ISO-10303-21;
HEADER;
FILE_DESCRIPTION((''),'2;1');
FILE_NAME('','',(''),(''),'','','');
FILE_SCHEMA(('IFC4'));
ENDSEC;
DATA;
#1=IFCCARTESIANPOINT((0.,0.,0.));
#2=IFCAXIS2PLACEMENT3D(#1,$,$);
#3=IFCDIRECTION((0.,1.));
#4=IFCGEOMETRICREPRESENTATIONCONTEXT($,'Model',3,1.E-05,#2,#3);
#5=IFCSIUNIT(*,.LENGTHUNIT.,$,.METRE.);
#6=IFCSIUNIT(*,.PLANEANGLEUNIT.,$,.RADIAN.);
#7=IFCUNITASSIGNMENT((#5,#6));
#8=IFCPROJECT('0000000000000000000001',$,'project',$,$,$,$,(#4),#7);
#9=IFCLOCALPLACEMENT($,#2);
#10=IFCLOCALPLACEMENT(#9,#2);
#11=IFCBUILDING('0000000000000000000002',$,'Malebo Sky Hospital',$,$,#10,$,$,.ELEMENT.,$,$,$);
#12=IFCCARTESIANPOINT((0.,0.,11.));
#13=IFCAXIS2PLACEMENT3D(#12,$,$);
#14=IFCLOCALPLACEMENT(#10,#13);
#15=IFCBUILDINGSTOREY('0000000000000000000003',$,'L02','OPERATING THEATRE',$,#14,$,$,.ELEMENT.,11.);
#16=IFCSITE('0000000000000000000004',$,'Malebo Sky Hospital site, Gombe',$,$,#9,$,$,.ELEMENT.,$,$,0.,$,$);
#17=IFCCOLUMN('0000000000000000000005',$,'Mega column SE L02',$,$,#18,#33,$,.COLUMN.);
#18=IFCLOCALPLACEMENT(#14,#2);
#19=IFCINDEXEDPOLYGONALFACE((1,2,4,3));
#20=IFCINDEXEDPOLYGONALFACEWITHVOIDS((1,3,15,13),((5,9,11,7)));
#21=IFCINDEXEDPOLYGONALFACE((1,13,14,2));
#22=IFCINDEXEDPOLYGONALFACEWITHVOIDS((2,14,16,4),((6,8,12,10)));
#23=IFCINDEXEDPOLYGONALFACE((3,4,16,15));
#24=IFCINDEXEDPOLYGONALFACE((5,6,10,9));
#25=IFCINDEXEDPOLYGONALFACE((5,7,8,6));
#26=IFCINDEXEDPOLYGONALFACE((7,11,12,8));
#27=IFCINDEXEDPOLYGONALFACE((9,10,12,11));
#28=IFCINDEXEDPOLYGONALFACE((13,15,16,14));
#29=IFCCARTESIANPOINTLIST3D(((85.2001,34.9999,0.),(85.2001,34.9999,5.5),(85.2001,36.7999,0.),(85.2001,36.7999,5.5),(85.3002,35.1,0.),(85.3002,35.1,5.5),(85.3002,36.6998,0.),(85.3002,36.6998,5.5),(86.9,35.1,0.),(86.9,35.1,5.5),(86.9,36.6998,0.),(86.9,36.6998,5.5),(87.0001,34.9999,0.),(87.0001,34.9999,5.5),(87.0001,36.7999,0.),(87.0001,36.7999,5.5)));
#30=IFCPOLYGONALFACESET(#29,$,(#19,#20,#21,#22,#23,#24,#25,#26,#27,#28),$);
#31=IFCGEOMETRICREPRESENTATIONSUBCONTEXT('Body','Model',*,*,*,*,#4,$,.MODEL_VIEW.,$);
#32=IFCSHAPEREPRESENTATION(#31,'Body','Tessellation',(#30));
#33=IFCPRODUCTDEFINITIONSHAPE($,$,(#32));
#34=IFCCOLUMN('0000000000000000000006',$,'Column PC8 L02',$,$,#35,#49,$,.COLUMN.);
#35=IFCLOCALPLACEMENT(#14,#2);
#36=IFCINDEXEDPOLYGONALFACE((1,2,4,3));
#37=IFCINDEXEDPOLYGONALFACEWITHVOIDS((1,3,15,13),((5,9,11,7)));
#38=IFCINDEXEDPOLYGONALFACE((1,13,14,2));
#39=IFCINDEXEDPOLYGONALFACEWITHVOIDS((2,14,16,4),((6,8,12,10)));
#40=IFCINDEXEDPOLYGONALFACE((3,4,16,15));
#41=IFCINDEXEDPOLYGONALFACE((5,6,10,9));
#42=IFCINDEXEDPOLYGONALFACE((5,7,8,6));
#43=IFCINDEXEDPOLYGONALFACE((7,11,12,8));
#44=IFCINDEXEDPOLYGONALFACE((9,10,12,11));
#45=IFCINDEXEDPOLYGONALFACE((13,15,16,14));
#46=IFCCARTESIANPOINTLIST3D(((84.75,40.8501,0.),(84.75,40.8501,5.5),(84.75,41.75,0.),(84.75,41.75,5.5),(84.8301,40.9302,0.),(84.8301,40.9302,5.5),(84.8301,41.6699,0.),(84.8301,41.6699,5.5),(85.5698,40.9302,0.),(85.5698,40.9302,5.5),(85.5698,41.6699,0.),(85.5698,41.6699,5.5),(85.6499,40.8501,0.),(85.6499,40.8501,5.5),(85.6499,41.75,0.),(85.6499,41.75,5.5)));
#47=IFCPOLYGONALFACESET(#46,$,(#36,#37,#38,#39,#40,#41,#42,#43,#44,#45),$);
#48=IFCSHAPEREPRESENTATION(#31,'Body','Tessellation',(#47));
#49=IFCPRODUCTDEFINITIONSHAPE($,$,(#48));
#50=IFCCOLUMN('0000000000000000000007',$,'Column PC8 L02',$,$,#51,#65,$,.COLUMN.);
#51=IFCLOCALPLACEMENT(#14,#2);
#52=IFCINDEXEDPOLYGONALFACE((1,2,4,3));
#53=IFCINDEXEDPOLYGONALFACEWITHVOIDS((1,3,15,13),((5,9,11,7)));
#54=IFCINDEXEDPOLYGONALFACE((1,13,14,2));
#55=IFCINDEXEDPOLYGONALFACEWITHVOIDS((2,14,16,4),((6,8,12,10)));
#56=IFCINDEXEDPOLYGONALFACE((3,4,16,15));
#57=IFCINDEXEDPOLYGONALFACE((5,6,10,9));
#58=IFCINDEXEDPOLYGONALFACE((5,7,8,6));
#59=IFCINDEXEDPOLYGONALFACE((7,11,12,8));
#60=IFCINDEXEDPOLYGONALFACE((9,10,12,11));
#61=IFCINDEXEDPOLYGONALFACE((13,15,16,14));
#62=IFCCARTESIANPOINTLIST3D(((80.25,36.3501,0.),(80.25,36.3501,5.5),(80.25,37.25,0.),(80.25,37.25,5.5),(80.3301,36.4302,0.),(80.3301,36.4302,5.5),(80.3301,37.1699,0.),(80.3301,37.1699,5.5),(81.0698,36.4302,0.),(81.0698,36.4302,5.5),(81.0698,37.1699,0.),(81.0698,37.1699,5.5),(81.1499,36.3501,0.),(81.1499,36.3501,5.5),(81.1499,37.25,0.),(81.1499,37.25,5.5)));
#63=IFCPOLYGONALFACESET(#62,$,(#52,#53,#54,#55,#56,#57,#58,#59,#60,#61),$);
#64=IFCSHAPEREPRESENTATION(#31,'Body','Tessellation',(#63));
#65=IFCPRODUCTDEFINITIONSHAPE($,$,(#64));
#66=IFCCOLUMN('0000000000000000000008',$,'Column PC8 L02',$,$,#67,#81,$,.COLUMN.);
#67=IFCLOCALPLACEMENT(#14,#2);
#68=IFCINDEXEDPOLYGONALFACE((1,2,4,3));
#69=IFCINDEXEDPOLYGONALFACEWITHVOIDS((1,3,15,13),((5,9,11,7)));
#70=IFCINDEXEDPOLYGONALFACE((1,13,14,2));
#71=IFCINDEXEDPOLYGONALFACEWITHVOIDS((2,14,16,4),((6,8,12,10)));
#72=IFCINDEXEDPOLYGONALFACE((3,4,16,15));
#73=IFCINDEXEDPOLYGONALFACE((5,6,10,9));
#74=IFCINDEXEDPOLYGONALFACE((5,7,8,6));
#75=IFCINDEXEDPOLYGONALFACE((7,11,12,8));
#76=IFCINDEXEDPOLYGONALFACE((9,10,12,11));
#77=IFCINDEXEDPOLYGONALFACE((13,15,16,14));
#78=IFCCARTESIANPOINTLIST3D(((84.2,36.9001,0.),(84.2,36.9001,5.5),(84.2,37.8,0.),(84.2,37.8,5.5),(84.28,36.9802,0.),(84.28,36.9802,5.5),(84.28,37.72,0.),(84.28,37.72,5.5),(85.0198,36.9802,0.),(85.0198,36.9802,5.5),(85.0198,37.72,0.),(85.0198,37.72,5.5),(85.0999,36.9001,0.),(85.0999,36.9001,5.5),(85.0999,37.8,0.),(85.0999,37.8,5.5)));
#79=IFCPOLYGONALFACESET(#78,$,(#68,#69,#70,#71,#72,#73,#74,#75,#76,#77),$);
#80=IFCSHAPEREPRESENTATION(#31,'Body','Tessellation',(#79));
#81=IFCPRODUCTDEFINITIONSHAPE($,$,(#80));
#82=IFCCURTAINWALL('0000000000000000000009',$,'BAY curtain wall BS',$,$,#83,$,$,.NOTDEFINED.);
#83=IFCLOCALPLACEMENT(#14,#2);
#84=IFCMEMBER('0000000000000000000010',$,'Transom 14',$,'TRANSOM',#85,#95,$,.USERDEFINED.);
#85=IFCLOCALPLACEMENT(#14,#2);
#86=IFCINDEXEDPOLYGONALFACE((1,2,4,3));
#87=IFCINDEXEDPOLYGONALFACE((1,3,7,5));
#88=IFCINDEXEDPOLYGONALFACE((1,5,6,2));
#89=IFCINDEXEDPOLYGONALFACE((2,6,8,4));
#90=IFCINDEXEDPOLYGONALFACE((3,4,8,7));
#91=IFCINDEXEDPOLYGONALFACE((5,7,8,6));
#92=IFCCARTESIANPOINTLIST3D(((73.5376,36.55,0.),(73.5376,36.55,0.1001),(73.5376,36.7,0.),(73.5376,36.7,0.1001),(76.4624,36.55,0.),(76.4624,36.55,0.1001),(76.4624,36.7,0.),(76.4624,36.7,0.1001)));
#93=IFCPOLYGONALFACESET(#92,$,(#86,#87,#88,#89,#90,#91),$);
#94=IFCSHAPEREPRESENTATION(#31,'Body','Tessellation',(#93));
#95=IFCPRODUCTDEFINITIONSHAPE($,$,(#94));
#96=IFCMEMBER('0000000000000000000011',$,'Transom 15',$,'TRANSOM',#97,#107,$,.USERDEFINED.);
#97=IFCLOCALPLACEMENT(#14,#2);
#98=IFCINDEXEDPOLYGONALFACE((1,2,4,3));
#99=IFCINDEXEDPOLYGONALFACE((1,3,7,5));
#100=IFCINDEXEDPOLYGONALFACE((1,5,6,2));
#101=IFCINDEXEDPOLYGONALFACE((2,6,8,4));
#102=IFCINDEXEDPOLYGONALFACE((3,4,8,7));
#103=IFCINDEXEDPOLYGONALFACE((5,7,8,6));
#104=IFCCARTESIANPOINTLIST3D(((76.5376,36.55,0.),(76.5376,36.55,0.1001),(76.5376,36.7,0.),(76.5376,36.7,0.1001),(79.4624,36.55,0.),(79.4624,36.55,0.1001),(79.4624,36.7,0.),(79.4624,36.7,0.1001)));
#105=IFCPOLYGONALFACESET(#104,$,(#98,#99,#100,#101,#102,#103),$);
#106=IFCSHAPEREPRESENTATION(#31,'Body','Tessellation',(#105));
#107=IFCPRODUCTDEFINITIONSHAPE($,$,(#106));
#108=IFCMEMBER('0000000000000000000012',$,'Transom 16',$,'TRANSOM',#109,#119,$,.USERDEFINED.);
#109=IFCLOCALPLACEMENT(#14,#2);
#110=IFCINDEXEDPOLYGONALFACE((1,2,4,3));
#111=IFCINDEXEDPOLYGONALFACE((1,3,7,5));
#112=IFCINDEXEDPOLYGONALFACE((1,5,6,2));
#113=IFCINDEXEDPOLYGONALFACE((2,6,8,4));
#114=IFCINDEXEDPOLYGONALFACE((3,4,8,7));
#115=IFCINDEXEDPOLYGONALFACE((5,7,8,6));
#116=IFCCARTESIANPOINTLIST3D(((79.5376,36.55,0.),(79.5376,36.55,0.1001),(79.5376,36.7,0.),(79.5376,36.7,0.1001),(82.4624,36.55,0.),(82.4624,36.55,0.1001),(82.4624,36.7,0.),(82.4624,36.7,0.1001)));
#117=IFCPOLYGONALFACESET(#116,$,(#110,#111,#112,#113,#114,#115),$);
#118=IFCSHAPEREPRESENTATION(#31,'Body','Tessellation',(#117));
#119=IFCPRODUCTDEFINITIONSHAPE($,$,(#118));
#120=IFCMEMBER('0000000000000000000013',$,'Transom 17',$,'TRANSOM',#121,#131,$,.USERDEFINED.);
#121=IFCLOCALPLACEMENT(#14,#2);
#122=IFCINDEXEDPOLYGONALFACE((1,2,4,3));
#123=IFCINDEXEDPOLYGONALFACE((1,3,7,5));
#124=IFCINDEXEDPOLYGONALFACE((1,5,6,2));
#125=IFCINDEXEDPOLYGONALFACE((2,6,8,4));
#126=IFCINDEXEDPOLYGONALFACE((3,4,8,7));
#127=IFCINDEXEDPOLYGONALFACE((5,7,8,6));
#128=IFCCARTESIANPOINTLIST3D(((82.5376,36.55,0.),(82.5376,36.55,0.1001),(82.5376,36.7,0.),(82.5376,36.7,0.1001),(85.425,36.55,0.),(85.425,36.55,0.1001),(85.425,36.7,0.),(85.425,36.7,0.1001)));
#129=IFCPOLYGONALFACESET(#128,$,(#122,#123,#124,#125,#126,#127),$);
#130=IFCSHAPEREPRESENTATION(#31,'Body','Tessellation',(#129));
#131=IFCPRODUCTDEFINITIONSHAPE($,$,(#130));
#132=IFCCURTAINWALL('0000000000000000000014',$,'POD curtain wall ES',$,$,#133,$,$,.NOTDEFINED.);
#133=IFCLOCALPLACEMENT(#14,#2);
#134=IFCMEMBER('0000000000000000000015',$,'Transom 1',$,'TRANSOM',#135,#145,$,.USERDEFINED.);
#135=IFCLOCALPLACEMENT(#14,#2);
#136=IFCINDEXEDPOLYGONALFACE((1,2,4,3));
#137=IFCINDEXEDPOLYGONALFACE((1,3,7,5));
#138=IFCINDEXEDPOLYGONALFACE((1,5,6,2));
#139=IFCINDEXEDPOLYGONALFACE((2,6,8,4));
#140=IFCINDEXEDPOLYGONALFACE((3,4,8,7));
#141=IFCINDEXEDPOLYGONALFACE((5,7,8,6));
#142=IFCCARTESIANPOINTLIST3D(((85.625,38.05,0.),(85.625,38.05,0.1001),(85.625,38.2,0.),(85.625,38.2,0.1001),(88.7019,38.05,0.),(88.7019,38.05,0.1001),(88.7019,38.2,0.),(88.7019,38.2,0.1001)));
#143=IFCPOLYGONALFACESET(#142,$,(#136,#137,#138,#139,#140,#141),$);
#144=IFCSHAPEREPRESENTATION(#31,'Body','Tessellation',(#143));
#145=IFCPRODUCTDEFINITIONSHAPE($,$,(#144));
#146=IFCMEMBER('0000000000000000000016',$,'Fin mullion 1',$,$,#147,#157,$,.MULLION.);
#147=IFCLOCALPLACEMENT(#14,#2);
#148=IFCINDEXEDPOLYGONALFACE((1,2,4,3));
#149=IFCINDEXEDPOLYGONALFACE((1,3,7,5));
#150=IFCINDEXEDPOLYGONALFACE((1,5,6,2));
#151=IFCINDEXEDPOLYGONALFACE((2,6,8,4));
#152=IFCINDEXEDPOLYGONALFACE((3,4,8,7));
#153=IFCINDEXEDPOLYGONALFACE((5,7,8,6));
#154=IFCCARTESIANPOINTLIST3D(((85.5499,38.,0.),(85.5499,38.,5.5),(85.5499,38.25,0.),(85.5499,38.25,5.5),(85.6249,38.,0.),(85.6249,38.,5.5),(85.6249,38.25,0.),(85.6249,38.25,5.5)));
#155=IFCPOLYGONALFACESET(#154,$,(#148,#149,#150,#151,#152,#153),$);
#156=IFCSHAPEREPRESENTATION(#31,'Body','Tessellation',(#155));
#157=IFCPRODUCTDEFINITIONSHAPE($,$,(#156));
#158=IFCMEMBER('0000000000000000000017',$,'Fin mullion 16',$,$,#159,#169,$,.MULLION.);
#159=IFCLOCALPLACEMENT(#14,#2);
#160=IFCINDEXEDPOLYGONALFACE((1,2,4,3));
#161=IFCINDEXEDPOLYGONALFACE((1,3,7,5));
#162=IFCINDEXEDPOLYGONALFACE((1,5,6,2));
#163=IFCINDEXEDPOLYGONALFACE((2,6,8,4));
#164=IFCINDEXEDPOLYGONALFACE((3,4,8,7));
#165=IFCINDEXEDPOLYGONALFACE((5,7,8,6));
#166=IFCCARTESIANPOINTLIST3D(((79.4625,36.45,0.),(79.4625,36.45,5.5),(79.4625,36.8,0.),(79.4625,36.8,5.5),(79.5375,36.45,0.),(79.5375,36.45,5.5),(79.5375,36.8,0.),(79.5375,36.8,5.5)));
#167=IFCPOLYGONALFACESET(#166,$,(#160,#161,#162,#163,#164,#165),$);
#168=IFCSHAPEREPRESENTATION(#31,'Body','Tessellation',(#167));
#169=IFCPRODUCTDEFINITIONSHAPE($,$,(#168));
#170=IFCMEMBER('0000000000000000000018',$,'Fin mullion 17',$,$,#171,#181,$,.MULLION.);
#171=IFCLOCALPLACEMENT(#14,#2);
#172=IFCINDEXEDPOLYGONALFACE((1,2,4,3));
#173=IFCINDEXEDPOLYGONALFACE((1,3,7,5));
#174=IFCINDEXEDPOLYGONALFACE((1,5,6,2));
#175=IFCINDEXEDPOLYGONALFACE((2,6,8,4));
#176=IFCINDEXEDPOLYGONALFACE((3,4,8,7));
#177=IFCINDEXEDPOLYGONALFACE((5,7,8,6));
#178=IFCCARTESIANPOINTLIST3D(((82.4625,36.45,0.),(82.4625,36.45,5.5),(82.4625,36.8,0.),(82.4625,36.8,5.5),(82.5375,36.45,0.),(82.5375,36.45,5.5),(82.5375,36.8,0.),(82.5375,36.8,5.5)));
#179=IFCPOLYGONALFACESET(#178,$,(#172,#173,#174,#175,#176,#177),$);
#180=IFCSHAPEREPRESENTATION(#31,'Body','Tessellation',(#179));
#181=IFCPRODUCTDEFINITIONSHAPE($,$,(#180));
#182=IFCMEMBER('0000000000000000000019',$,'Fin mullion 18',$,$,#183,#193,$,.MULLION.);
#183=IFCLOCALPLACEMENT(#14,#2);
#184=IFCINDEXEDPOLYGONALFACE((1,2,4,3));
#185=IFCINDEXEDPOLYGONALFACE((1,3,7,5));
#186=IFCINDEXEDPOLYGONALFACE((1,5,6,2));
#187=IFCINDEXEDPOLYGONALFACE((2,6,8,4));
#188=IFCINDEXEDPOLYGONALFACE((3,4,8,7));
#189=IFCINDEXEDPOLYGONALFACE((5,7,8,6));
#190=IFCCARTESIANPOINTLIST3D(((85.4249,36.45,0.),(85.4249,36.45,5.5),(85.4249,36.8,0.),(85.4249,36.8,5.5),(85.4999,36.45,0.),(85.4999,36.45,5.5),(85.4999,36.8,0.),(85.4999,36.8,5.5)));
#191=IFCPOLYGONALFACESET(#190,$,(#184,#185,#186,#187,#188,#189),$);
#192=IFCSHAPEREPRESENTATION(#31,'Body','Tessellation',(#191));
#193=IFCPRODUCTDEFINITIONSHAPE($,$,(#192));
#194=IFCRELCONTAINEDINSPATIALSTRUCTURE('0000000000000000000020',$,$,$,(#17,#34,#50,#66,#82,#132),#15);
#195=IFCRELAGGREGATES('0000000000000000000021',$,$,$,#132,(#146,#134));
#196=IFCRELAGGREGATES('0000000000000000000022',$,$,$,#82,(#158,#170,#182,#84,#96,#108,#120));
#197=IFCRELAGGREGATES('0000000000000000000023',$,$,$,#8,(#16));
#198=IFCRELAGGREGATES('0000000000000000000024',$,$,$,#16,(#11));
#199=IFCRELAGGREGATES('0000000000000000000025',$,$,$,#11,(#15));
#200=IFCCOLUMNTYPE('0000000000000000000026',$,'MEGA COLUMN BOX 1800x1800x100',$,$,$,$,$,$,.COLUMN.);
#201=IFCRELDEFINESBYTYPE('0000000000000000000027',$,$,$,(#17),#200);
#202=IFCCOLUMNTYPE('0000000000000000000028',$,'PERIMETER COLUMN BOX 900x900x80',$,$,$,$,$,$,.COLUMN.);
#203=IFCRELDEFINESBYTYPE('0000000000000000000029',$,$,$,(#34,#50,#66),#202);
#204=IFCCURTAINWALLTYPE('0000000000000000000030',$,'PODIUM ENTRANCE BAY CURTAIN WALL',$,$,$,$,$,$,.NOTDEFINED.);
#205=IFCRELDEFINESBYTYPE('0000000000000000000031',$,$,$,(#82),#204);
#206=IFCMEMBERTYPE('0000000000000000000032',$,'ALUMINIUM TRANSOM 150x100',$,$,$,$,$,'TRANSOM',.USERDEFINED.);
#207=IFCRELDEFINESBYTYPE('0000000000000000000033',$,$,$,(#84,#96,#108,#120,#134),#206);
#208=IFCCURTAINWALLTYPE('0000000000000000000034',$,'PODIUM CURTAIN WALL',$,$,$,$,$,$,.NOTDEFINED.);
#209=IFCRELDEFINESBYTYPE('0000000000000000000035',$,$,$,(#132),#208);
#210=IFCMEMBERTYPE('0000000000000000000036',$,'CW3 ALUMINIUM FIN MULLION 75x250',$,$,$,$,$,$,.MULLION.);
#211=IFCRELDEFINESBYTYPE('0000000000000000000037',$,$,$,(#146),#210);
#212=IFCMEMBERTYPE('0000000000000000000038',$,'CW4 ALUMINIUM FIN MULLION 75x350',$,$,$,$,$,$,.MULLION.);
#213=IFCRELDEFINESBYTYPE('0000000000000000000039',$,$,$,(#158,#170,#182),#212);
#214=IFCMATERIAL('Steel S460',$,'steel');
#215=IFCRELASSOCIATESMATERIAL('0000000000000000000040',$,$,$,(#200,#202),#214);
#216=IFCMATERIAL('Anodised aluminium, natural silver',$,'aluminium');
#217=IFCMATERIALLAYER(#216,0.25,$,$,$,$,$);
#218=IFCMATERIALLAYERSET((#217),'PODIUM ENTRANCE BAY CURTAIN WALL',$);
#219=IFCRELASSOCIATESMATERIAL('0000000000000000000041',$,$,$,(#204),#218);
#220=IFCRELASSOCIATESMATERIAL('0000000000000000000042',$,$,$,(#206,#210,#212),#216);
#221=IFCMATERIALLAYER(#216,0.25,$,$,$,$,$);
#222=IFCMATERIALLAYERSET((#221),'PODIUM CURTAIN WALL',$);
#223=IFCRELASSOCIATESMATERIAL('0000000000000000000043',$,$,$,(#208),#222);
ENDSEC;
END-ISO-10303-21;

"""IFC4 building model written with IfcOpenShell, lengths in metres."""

from ifc_helpers import new_model, si_unit, direction, frame, origin, origin_2d, place, context, subcontext, project, spatial, rectangle, hollow_rectangle, extrude, material, layer, layer_set, material_profile, profile_set, type_object, element, aggregate, save


model = new_model("IFC4")

# Units and contexts
model_context = context("Model", 3, precision=1e-05, world=origin(), true_north=direction((0.0, 1.0)))
body_context = subcontext(model_context, "Body", "Model", "MODEL_VIEW")
ifc_project = project(units=[si_unit("LENGTHUNIT", "METRE"), si_unit("PLANEANGLEUNIT", "RADIAN")], contexts=[model_context])

# Site, building, storey
site_placement = place(None, origin())
site = spatial("IfcSite", under=ifc_project, at=site_placement, Name="Malebo Sky Hospital site, Gombe", CompositionType="ELEMENT", RefElevation=0.0)
building_placement = place(site_placement, origin())
building = spatial("IfcBuilding", under=site, at=building_placement, Name="Malebo Sky Hospital", CompositionType="ELEMENT")
storey_placement = place(building_placement, frame((0.0, 0.0, 11.0)))
storey = spatial("IfcBuildingStorey", under=building, at=storey_placement, Name="L02", Description="OPERATING THEATRE", CompositionType="ELEMENT", Elevation=11.0)

# Columns
ifc_material_1 = material(Name="Steel S460", Category="steel")
ifc_material_profile_1 = material_profile(ifc_material_1, hollow_rectangle(XDim=1.8, YDim=1.8, WallThickness=0.1001, at=origin_2d()), Name="BOX 1800x1800x100")
ifc_profile_set_1 = profile_set([ifc_material_profile_1], Name="Steel S460")
column_type_1 = type_object("IfcColumnType", Name="MEGA COLUMN BOX 1800x1800x100", PredefinedType="COLUMN", material=ifc_profile_set_1)
column_placement = place(storey_placement, frame((86.1001, 35.8999, 0.0), z_axis=(0.0, 0.0, 1.0), x_axis=(1.0, 0.0, 0.0)))
element("IfcColumn", 1, at=column_placement, inside=storey, type_object=column_type_1, Name="Mega column SE L02", PredefinedType="COLUMN", context=body_context, shape_type="SweptSolid", body=[
    extrude(hollow_rectangle(XDim=1.8, YDim=1.8, WallThickness=0.1001, at=origin_2d()), origin(), (0.0, 0.0, 1.0), 5.5),
])
ifc_material_profile_2 = material_profile(ifc_material_1, hollow_rectangle(XDim=0.8999, YDim=0.8999, WallThickness=0.0801, at=origin_2d()), Name="BOX 900x900x80")
ifc_profile_set_2 = profile_set([ifc_material_profile_2], Name="Steel S460")
column_type_2 = type_object("IfcColumnType", Name="PERIMETER COLUMN BOX 900x900x80", PredefinedType="COLUMN", material=ifc_profile_set_2)
for number, where, z_axis, x_axis, name in (
    (2, (85.2, 41.3, 0.0), (0.0, 0.0, 1.0), (1.0, 0.0, 0.0), "Column PC8 L02"),
    (3, (80.7, 36.8, 0.0), (0.0, 0.0, 1.0), (1.0, 0.0, 0.0), "Column PC8 L02"),
    (4, (84.6499, 37.3501, 0.0), (0.0, 0.0, 1.0), (1.0, 0.0, 0.0), "Column PC8 L02"),
):
    element("IfcColumn", number, at=place(storey_placement, frame(where, z_axis=z_axis, x_axis=x_axis)), inside=storey, type_object=column_type_2, Name=name, PredefinedType="COLUMN", context=body_context, shape_type="SweptSolid", body=[
        extrude(hollow_rectangle(XDim=0.8999, YDim=0.8999, WallThickness=0.0801, at=origin_2d()), origin(), (0.0, 0.0, 1.0), 5.5),
    ])

# Curtain walls, members
ifc_material_2 = material(Name="Anodised aluminium, natural silver", Category="aluminium")
ifc_layer_1 = layer(ifc_material_2, 0.25)
ifc_layer_set_1 = layer_set([ifc_layer_1], Name="PODIUM ENTRANCE BAY CURTAIN WALL")
curtain_wall_type_1 = type_object("IfcCurtainWallType", Name="PODIUM ENTRANCE BAY CURTAIN WALL", PredefinedType="NOTDEFINED", material=ifc_layer_set_1)
curtain_wall_1_placement = place(storey_placement, origin())
curtain_wall_1 = element("IfcCurtainWall", 5, at=curtain_wall_1_placement, inside=storey, type_object=curtain_wall_type_1, Name="BAY curtain wall BS", PredefinedType="NOTDEFINED")
ifc_material_profile_3 = material_profile(ifc_material_2, rectangle(XDim=0.1499, YDim=0.1001, at=origin_2d()), Name="ALUMINIUM TRANSOM 150x100")
ifc_profile_set_3 = profile_set([ifc_material_profile_3], Name="Anodised aluminium, natural silver")
member_type_1 = type_object("IfcMemberType", Name="ALUMINIUM TRANSOM 150x100", ElementType="TRANSOM", PredefinedType="USERDEFINED", material=ifc_profile_set_3)
member_1_placement = place(storey_placement, frame((73.5376, 36.625, 0.05), z_axis=(1.0, 0.0, 0.0), x_axis=(0.0, 1.0, 0.0)))
member_1 = element("IfcMember", 6, at=member_1_placement, type_object=member_type_1, Name="Transom 14", ObjectType="TRANSOM", PredefinedType="USERDEFINED", context=body_context, shape_type="SweptSolid", body=[
    extrude(rectangle(XDim=0.1499, YDim=0.1001, at=origin_2d()), origin(), (0.0, 0.0, 1.0), 2.9248),
])
member_2_placement = place(storey_placement, frame((76.5376, 36.625, 0.05), z_axis=(1.0, 0.0, 0.0), x_axis=(0.0, 1.0, 0.0)))
member_2 = element("IfcMember", 7, at=member_2_placement, type_object=member_type_1, Name="Transom 15", ObjectType="TRANSOM", PredefinedType="USERDEFINED", context=body_context, shape_type="SweptSolid", body=[
    extrude(rectangle(XDim=0.1499, YDim=0.1001, at=origin_2d()), origin(), (0.0, 0.0, 1.0), 2.9248),
])
member_3_placement = place(storey_placement, frame((79.5376, 36.625, 0.05), z_axis=(1.0, 0.0, 0.0), x_axis=(0.0, 1.0, 0.0)))
member_3 = element("IfcMember", 8, at=member_3_placement, type_object=member_type_1, Name="Transom 16", ObjectType="TRANSOM", PredefinedType="USERDEFINED", context=body_context, shape_type="SweptSolid", body=[
    extrude(rectangle(XDim=0.1499, YDim=0.1001, at=origin_2d()), origin(), (0.0, 0.0, 1.0), 2.9248),
])
member_4_placement = place(storey_placement, frame((82.5376, 36.625, 0.05), z_axis=(1.0, 0.0, 0.0), x_axis=(0.0, 1.0, 0.0)))
member_4 = element("IfcMember", 9, at=member_4_placement, type_object=member_type_1, Name="Transom 17", ObjectType="TRANSOM", PredefinedType="USERDEFINED", context=body_context, shape_type="SweptSolid", body=[
    extrude(rectangle(XDim=0.1499, YDim=0.1001, at=origin_2d()), origin(), (0.0, 0.0, 1.0), 2.8875),
])
ifc_layer_2 = layer(ifc_material_2, 0.25)
ifc_layer_set_2 = layer_set([ifc_layer_2], Name="PODIUM CURTAIN WALL")
curtain_wall_type_2 = type_object("IfcCurtainWallType", Name="PODIUM CURTAIN WALL", PredefinedType="NOTDEFINED", material=ifc_layer_set_2)
curtain_wall_2_placement = place(storey_placement, origin())
curtain_wall_2 = element("IfcCurtainWall", 10, at=curtain_wall_2_placement, inside=storey, type_object=curtain_wall_type_2, Name="POD curtain wall ES", PredefinedType="NOTDEFINED")
member_5_placement = place(storey_placement, frame((85.625, 38.125, 0.05), z_axis=(1.0, 0.0, 0.0), x_axis=(0.0, 1.0, 0.0)))
member_5 = element("IfcMember", 11, at=member_5_placement, type_object=member_type_1, Name="Transom 1", ObjectType="TRANSOM", PredefinedType="USERDEFINED", context=body_context, shape_type="SweptSolid", body=[
    extrude(rectangle(XDim=0.1499, YDim=0.1001, at=origin_2d()), origin(), (0.0, 0.0, 1.0), 3.0769),
])
ifc_material_profile_4 = material_profile(ifc_material_2, rectangle(XDim=0.075, YDim=0.25, at=origin_2d()), Name="CW3 ALUMINIUM FIN MULLION 75x250")
ifc_profile_set_4 = profile_set([ifc_material_profile_4], Name="Anodised aluminium, natural silver")
member_type_2 = type_object("IfcMemberType", Name="CW3 ALUMINIUM FIN MULLION 75x250", PredefinedType="MULLION", material=ifc_profile_set_4)
member_6_placement = place(storey_placement, frame((85.5874, 38.125, 0.0), z_axis=(0.0, 0.0, 1.0), x_axis=(1.0, 0.0, 0.0)))
member_6 = element("IfcMember", 12, at=member_6_placement, type_object=member_type_2, Name="Fin mullion 1", PredefinedType="MULLION", context=body_context, shape_type="SweptSolid", body=[
    extrude(rectangle(XDim=0.075, YDim=0.25, at=origin_2d()), origin(), (0.0, 0.0, 1.0), 5.5),
])
aggregate(curtain_wall_2, [member_6, member_5])

# Members
ifc_material_profile_5 = material_profile(ifc_material_2, rectangle(XDim=0.075, YDim=0.3501, at=origin_2d()), Name="CW4 ALUMINIUM FIN MULLION 75x350")
ifc_profile_set_5 = profile_set([ifc_material_profile_5], Name="Anodised aluminium, natural silver")
member_type_3 = type_object("IfcMemberType", Name="CW4 ALUMINIUM FIN MULLION 75x350", PredefinedType="MULLION", material=ifc_profile_set_5)
member_7_placement = place(storey_placement, frame((79.5, 36.625, 0.0), z_axis=(0.0, 0.0, 1.0), x_axis=(1.0, 0.0, 0.0)))
member_7 = element("IfcMember", 13, at=member_7_placement, type_object=member_type_3, Name="Fin mullion 16", PredefinedType="MULLION", context=body_context, shape_type="SweptSolid", body=[
    extrude(rectangle(XDim=0.075, YDim=0.3501, at=origin_2d()), origin(), (0.0, 0.0, 1.0), 5.5),
])
member_8_placement = place(storey_placement, frame((82.5, 36.625, 0.0), z_axis=(0.0, 0.0, 1.0), x_axis=(1.0, 0.0, 0.0)))
member_8 = element("IfcMember", 14, at=member_8_placement, type_object=member_type_3, Name="Fin mullion 17", PredefinedType="MULLION", context=body_context, shape_type="SweptSolid", body=[
    extrude(rectangle(XDim=0.075, YDim=0.3501, at=origin_2d()), origin(), (0.0, 0.0, 1.0), 5.5),
])
member_9_placement = place(storey_placement, frame((85.4624, 36.625, 0.0), z_axis=(0.0, 0.0, 1.0), x_axis=(1.0, 0.0, 0.0)))
member_9 = element("IfcMember", 15, at=member_9_placement, type_object=member_type_3, Name="Fin mullion 18", PredefinedType="MULLION", context=body_context, shape_type="SweptSolid", body=[
    extrude(rectangle(XDim=0.075, YDim=0.3501, at=origin_2d()), origin(), (0.0, 0.0, 1.0), 5.5),
])

aggregate(curtain_wall_1, [member_7, member_8, member_9, member_1, member_2, member_3, member_4])

save(model, "model.ifc")
